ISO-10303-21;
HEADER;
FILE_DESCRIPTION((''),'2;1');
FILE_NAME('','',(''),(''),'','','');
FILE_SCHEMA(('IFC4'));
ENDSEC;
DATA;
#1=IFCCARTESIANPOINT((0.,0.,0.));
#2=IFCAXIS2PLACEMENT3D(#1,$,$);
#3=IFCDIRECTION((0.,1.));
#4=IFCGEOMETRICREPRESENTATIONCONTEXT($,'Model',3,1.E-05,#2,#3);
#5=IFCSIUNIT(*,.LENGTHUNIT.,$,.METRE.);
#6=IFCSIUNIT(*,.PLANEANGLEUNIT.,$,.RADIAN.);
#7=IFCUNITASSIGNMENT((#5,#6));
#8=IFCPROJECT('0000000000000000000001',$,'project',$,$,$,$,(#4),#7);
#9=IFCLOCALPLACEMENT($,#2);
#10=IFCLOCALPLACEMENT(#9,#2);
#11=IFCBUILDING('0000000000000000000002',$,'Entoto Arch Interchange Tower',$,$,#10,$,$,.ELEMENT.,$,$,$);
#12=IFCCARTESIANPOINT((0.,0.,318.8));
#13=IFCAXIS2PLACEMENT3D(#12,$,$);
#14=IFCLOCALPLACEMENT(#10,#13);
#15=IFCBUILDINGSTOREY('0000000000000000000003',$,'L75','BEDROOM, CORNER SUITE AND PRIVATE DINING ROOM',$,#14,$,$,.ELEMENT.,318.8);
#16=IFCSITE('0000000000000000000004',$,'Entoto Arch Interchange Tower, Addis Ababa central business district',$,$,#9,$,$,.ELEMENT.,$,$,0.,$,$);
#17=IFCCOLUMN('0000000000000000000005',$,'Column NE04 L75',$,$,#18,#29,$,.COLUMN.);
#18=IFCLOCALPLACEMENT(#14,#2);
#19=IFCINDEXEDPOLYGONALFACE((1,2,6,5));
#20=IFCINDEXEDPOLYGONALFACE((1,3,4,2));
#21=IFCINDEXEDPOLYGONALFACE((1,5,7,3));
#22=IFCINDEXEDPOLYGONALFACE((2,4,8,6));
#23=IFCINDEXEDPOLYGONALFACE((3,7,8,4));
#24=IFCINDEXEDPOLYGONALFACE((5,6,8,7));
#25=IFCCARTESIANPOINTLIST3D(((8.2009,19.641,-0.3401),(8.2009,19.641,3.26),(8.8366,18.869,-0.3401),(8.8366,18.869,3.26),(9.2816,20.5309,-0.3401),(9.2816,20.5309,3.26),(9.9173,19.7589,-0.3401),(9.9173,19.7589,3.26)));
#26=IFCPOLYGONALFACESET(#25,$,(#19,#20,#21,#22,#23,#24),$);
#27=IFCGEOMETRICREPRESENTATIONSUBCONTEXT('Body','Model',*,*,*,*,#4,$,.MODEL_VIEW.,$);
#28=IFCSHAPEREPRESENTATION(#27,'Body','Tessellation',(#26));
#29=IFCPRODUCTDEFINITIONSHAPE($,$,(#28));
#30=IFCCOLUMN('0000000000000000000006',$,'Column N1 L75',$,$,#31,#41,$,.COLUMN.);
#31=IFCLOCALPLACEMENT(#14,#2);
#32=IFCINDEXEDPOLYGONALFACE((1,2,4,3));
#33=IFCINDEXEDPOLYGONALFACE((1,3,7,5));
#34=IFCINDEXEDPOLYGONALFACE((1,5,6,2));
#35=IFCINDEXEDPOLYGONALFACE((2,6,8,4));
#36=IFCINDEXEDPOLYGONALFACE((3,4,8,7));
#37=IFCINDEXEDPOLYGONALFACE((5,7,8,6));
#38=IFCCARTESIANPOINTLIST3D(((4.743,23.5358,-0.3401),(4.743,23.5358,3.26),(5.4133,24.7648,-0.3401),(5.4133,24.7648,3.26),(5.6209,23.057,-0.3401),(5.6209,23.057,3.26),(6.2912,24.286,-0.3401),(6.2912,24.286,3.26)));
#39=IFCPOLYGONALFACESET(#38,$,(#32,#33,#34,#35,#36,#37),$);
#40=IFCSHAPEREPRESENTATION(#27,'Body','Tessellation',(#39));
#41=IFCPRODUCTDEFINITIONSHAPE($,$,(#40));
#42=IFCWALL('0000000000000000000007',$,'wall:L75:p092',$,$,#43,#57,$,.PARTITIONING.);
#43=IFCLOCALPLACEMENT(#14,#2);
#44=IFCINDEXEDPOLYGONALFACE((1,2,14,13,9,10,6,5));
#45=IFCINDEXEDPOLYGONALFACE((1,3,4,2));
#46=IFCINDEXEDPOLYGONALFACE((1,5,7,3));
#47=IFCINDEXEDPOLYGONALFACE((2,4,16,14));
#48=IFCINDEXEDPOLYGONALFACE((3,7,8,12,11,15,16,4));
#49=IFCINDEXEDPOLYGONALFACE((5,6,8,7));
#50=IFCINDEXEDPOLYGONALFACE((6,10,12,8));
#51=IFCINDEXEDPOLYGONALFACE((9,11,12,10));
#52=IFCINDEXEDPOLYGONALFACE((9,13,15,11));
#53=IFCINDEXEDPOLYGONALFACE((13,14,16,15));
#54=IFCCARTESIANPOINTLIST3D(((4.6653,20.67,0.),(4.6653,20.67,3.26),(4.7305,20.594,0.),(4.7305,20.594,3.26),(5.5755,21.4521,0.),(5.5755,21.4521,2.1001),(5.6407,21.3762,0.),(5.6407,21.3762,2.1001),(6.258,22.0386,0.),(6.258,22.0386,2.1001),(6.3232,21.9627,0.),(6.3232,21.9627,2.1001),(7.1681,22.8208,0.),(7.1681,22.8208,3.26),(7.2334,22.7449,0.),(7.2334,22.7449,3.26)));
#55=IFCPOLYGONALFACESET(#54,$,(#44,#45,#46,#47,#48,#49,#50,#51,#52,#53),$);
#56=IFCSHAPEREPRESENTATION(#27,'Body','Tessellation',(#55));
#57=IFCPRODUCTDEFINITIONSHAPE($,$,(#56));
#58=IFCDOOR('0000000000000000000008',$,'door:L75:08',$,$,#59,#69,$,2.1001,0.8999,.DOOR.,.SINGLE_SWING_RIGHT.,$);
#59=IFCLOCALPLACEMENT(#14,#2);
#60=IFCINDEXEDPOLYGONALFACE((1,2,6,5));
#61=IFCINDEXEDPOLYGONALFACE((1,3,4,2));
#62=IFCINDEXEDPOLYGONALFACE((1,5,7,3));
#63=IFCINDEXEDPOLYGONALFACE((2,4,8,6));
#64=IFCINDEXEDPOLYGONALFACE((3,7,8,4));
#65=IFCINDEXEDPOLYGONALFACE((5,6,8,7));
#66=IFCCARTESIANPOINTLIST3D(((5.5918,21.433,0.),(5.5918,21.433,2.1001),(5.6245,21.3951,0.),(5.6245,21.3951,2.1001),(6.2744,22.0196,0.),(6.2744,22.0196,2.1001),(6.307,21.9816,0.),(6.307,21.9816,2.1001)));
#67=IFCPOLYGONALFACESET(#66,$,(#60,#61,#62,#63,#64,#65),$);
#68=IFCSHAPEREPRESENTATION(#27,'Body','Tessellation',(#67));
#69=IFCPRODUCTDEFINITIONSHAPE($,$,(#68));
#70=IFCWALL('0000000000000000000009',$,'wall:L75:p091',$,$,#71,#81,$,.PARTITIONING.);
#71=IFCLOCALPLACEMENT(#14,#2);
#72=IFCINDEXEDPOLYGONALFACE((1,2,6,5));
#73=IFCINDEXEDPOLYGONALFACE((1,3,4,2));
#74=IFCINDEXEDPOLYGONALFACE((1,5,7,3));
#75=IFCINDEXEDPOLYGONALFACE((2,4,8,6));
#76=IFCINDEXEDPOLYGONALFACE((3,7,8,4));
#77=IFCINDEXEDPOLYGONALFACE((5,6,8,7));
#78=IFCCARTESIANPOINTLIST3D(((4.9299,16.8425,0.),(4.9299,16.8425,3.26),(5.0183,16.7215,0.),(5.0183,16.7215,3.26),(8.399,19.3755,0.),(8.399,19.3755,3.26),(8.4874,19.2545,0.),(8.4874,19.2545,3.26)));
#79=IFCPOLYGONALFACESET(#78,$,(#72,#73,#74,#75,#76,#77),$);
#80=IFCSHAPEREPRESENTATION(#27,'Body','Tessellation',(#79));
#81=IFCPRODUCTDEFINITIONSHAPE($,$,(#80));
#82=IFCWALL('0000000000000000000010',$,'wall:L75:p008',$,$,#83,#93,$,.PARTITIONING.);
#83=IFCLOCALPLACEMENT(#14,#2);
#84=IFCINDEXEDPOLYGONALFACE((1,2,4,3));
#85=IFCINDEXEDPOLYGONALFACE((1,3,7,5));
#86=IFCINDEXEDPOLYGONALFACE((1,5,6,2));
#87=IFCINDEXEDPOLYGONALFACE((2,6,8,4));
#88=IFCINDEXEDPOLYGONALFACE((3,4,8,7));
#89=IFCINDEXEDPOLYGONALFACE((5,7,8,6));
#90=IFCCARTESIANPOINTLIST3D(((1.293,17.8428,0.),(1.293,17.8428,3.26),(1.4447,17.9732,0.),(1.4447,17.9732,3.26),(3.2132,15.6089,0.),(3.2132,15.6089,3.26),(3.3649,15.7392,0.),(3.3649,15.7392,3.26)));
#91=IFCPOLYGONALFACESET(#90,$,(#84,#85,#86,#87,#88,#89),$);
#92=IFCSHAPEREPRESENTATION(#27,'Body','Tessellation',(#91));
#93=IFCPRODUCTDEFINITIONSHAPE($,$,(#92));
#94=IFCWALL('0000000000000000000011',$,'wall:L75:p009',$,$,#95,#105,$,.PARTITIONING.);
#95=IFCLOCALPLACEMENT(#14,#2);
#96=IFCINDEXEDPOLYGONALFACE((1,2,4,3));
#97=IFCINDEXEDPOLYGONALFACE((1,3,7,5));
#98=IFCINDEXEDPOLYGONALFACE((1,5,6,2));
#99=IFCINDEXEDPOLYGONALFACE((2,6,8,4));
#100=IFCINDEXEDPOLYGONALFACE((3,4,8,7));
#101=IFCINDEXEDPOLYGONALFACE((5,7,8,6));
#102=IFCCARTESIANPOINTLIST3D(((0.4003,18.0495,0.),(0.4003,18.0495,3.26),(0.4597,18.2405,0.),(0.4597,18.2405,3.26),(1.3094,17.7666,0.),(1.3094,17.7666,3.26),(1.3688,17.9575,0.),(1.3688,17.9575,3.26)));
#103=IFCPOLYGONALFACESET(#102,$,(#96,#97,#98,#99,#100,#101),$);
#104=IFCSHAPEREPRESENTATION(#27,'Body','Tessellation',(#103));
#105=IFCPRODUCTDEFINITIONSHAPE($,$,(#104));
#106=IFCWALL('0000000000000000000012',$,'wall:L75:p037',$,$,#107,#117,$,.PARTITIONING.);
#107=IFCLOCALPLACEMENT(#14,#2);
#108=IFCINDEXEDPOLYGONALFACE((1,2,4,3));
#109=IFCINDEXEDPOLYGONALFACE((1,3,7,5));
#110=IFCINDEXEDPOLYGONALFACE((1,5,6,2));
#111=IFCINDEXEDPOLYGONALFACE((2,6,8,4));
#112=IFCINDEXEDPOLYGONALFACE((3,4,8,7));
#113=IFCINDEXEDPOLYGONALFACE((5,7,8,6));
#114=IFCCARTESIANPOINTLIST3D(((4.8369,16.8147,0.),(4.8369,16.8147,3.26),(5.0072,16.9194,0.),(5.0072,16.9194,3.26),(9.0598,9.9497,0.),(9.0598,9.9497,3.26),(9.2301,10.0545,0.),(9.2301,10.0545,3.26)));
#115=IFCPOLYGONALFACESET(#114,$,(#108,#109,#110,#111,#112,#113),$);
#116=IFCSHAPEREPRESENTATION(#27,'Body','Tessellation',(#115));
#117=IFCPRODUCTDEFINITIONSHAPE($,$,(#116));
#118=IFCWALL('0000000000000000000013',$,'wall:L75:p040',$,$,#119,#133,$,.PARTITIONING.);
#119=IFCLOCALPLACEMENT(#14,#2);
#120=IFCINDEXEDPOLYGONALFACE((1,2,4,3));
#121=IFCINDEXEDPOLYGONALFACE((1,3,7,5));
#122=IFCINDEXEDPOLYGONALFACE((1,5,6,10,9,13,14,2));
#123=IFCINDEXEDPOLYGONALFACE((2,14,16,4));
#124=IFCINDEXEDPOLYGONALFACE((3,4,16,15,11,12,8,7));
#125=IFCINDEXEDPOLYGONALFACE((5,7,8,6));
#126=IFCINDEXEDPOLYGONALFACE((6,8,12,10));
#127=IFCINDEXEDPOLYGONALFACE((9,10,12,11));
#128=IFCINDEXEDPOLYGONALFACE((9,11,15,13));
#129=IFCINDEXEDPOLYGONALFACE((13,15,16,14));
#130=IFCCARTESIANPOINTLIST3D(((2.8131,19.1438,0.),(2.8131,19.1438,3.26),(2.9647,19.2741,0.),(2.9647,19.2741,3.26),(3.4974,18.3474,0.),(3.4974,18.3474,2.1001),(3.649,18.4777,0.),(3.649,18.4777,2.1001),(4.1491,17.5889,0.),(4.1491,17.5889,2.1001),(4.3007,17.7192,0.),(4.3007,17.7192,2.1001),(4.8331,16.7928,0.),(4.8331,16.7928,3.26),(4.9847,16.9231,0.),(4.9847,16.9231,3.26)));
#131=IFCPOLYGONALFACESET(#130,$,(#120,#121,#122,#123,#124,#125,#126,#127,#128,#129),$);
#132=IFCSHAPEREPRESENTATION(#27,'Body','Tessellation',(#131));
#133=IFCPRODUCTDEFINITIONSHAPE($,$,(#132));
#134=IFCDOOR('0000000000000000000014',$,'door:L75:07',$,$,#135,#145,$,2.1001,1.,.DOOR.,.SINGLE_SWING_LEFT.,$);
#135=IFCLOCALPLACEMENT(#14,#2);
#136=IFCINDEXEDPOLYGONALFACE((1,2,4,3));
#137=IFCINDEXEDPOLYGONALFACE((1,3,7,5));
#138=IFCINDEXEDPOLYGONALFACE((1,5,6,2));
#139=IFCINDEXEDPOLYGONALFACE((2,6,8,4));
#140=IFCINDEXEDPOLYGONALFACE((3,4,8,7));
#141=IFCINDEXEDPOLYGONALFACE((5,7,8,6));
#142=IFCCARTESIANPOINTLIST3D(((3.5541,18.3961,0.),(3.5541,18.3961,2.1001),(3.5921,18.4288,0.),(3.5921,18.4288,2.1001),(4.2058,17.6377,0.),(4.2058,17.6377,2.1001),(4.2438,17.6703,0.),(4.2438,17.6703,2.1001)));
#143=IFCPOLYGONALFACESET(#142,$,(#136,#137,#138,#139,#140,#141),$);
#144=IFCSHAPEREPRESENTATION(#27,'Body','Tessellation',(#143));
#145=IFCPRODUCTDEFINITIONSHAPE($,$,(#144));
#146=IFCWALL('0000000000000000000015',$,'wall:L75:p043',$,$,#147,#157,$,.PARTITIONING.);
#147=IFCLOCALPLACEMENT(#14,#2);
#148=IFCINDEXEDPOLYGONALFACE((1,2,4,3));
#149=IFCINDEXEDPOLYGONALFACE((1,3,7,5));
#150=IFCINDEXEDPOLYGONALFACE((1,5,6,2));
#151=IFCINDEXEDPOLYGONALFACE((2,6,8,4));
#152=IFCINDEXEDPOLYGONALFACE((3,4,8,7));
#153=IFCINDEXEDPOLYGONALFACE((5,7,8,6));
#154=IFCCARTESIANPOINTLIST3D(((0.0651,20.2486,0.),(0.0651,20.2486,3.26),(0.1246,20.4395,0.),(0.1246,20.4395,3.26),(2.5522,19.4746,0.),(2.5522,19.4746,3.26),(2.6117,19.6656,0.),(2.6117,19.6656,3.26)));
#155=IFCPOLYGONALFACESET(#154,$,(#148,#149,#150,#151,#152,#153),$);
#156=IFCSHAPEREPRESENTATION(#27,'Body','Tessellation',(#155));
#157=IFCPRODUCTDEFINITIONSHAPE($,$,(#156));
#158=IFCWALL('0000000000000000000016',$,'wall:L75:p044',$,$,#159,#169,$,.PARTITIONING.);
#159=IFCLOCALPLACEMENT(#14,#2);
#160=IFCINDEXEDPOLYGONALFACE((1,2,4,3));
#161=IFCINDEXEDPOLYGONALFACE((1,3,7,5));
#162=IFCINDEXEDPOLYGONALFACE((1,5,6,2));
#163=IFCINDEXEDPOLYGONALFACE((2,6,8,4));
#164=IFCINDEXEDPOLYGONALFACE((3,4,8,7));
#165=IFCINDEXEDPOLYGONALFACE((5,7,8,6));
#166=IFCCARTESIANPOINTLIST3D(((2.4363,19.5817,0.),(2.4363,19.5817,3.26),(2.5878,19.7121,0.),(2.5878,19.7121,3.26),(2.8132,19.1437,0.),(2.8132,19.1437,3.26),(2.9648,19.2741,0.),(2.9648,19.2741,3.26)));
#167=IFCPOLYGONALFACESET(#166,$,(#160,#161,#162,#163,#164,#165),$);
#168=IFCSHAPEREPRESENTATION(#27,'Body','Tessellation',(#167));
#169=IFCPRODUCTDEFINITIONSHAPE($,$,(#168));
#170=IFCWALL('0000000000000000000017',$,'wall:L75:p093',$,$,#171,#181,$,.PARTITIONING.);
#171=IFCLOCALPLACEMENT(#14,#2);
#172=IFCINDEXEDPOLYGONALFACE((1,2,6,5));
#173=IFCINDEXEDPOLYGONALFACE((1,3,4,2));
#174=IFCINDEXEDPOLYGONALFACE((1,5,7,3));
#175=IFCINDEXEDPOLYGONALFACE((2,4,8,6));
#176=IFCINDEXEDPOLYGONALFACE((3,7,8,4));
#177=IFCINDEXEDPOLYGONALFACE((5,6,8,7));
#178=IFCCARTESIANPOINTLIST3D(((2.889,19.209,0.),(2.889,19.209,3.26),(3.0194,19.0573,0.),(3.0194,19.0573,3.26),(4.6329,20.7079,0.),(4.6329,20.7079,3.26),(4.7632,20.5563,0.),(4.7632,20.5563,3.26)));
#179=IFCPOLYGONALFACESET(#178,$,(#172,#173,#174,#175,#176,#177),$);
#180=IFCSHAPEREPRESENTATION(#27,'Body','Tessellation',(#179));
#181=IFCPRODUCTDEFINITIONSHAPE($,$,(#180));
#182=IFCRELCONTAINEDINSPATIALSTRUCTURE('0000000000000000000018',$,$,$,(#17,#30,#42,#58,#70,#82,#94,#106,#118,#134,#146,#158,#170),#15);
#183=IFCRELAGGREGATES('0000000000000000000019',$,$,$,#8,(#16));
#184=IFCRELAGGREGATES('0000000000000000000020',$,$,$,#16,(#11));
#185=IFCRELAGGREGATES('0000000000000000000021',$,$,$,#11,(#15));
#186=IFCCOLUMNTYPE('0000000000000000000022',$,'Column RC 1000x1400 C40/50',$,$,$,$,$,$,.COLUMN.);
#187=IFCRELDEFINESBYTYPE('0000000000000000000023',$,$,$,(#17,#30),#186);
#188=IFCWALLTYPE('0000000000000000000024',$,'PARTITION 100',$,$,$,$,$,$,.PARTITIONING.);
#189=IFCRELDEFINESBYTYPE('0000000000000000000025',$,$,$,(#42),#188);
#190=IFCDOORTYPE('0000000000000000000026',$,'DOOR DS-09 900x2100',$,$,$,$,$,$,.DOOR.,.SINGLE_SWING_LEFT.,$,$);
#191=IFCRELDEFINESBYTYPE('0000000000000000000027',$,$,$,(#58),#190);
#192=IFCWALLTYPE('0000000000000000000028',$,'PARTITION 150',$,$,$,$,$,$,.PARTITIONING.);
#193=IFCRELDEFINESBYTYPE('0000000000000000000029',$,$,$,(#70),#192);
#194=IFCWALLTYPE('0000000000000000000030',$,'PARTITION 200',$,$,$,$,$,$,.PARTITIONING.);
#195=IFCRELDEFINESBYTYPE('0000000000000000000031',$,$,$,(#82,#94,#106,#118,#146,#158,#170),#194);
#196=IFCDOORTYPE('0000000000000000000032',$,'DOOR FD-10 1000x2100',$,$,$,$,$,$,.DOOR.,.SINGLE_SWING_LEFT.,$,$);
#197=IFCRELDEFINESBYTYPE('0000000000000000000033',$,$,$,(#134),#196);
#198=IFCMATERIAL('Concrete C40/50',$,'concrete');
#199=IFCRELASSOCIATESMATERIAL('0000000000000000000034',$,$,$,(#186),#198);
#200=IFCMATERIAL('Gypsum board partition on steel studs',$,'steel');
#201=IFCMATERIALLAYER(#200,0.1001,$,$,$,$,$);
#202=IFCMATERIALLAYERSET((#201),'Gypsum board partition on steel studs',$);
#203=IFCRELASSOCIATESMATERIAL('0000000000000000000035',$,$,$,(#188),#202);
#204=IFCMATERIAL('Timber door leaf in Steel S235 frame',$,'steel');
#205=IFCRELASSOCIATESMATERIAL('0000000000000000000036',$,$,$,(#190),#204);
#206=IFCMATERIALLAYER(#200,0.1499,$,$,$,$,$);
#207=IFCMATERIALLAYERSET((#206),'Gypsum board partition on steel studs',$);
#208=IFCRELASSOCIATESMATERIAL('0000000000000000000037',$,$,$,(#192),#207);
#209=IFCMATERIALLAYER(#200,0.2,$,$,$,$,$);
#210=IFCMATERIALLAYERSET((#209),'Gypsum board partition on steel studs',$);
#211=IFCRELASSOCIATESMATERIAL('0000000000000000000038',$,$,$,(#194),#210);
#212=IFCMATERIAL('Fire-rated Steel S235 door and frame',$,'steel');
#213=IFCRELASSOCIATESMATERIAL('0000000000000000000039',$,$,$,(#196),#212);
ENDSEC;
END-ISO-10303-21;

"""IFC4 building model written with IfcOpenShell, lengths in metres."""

from ifc_helpers import new_model, si_unit, direction, frame, frame_2d, origin, origin_2d, place, context, subcontext, project, spatial, rectangle, extrude, material, layer, layer_set, material_profile, profile_set, type_object, element, fill, save


model = new_model("IFC4")

# Units and contexts
model_context = context("Model", 3, precision=1e-05, world=origin(), true_north=direction((0.0, 1.0)))
body_context = subcontext(model_context, "Body", "Model", "MODEL_VIEW")
ifc_project = project(units=[si_unit("LENGTHUNIT", "METRE"), si_unit("PLANEANGLEUNIT", "RADIAN")], contexts=[model_context])

# Site, building, storey
site_placement = place(None, origin())
site = spatial("IfcSite", under=ifc_project, at=site_placement, Name="Entoto Arch Interchange Tower, Addis Ababa central business district", CompositionType="ELEMENT", RefElevation=0.0)
building_placement = place(site_placement, origin())
building = spatial("IfcBuilding", under=site, at=building_placement, Name="Entoto Arch Interchange Tower", CompositionType="ELEMENT")
storey_placement = place(building_placement, frame((0.0, 0.0, 318.8)))
storey = spatial("IfcBuildingStorey", under=building, at=storey_placement, Name="L75", Description="BEDROOM, CORNER SUITE AND PRIVATE DINING ROOM", CompositionType="ELEMENT", Elevation=318.8)

# Columns
ifc_material_1 = material(Name="Concrete C40/50", Category="concrete")
ifc_material_profile = material_profile(ifc_material_1, rectangle(XDim=1.0, YDim=1.3999, at=origin_2d()))
ifc_profile_set = profile_set([ifc_material_profile], Name="Concrete C40/50")
column_type = type_object("IfcColumnType", Name="Column RC 1000x1400 C40/50", PredefinedType="COLUMN", material=ifc_profile_set)
for number, where, z_axis, x_axis, name in (
    (1, (9.0591, 19.7, -0.3401), (0.0, 0.0, 1.0), (-0.635647, 0.77198, 0.0), "Column NE04 L75"),
    (2, (5.5171, 23.9109, -0.3401), (0.0, 0.0, 1.0), (-0.877899, 0.478845, 0.0), "Column N1 L75"),
):
    element("IfcColumn", number, at=place(storey_placement, frame(where, z_axis=z_axis, x_axis=x_axis)), inside=storey, type_object=column_type, Name=name, PredefinedType="COLUMN", context=body_context, shape_type="SweptSolid", body=[
        extrude(rectangle(XDim=1.0, YDim=1.3999, at=origin_2d()), origin(), (0.0, 0.0, 1.0), 3.6001),
    ])

# Wall, opening, door
ifc_material_2 = material(Name="Gypsum board partition on steel studs", Category="steel")
ifc_layer_1 = layer(ifc_material_2, 0.1001)
ifc_layer_set_1 = layer_set([ifc_layer_1], Name="Gypsum board partition on steel studs")
wall_type_1 = type_object("IfcWallType", Name="PARTITION 100", PredefinedType="PARTITIONING", material=ifc_layer_set_1)
wall_1_placement = place(storey_placement, frame((4.698, 20.6321, 0.0), z_axis=(0.0, 0.0, 1.0), x_axis=(0.758431, 0.651753, 0.0)))
wall_1 = element("IfcWall", 3, at=wall_1_placement, inside=storey, type_object=wall_type_1, Name="wall:L75:p092", PredefinedType="PARTITIONING", context=body_context, shape_type="SweptSolid", body=[
    extrude(rectangle(XDim=3.3, YDim=0.1001, at=frame_2d((1.6499, 0.0))), origin(), (0.0, 0.0, 1.0), 3.26),
])
opening_1_placement = place(wall_1_placement, frame((1.2, 0.0, 0.0)))
opening_1 = element("IfcOpeningElement", 4, at=opening_1_placement, cuts=wall_1, PredefinedType="OPENING", context=body_context, shape_type="SweptSolid", body=[
    extrude(rectangle(XDim=0.8999, YDim=2.1001, at=frame_2d((0.45, 1.05))), frame((0.0, 0.0601, 0.0), z_axis=(0.0, -1.0, 0.0), x_axis=(1.0, 0.0, 0.0)), (0.0, 0.0, 1.0), 0.1201),
])
ifc_material_3 = material(Name="Timber door leaf in Steel S235 frame", Category="steel")
door_type_1 = type_object("IfcDoorType", Name="DOOR DS-09 900x2100", OperationType="SINGLE_SWING_LEFT", PredefinedType="DOOR", material=ifc_material_3)
door_1_placement = place(opening_1_placement, origin())
door_1 = element("IfcDoor", 5, at=door_1_placement, inside=storey, type_object=door_type_1, Name="door:L75:08", OperationType="SINGLE_SWING_RIGHT", OverallHeight=2.1001, OverallWidth=0.8999, PredefinedType="DOOR", context=body_context, shape_type="SweptSolid", body=[
    extrude(rectangle(XDim=0.8999, YDim=2.1001, at=frame_2d((0.45, 1.05))), frame((0.0, 0.0249, 0.0), z_axis=(0.0, -1.0, 0.0), x_axis=(1.0, 0.0, 0.0)), (0.0, 0.0, 1.0), 0.05),
])
fill(opening_1, door_1)

# Walls
ifc_layer_2 = layer(ifc_material_2, 0.1499)
ifc_layer_set_2 = layer_set([ifc_layer_2], Name="Gypsum board partition on steel studs")
wall_type_2 = type_object("IfcWallType", Name="PARTITION 150", PredefinedType="PARTITIONING", material=ifc_layer_set_2)
wall_2_placement = place(storey_placement, frame((4.9741, 16.782, 0.0), z_axis=(0.0, 0.0, 1.0), x_axis=(0.807621, 0.589702, 0.0)))
element("IfcWall", 6, at=wall_2_placement, inside=storey, type_object=wall_type_2, Name="wall:L75:p091", PredefinedType="PARTITIONING", context=body_context, shape_type="SweptSolid", body=[
    extrude(rectangle(XDim=4.2954, YDim=0.1499, at=frame_2d((2.1477, 0.0))), origin(), (0.0, 0.0, 1.0), 3.26),
])
ifc_layer_3 = layer(ifc_material_2, 0.2)
ifc_layer_set_3 = layer_set([ifc_layer_3], Name="Gypsum board partition on steel studs")
wall_type_3 = type_object("IfcWallType", Name="PARTITION 200", PredefinedType="PARTITIONING", material=ifc_layer_set_3)
wall_3_placement = place(storey_placement, frame((3.2891, 15.6741, 0.0), z_axis=(0.0, 0.0, 1.0), x_axis=(-0.651849, 0.758349, 0.0)))
element("IfcWall", 7, at=wall_3_placement, inside=storey, type_object=wall_type_3, Name="wall:L75:p008", PredefinedType="PARTITIONING", context=body_context, shape_type="SweptSolid", body=[
    extrude(rectangle(XDim=2.9458, YDim=0.2, at=frame_2d((1.4729, 0.0))), origin(), (0.0, 0.0, 1.0), 3.26),
])
wall_4_placement = place(storey_placement, frame((1.3391, 17.8621, 0.0), z_axis=(0.0, 0.0, 1.0), x_axis=(-0.954826, 0.297165, 0.0)))
element("IfcWall", 8, at=wall_4_placement, inside=storey, type_object=wall_type_3, Name="wall:L75:p009", PredefinedType="PARTITIONING", context=body_context, shape_type="SweptSolid", body=[
    extrude(rectangle(XDim=0.9521, YDim=0.2, at=frame_2d((0.4761, 0.0))), origin(), (0.0, 0.0, 1.0), 3.26),
])
wall_5_placement = place(storey_placement, frame((4.9221, 16.8669, 0.0), z_axis=(0.0, 0.0, 1.0), x_axis=(0.523944, -0.851753, 0.0)))
element("IfcWall", 9, at=wall_5_placement, inside=storey, type_object=wall_type_3, Name="wall:L75:p037", PredefinedType="PARTITIONING", context=body_context, shape_type="SweptSolid", body=[
    extrude(rectangle(XDim=8.0598, YDim=0.2, at=frame_2d((4.0298, 0.0))), origin(), (0.0, 0.0, 1.0), 3.26),
])

# Wall, opening, door
wall_6_placement = place(storey_placement, frame((2.8889, 19.209, 0.0), z_axis=(0.0, 0.0, 1.0), x_axis=(0.651686, -0.758489, 0.0)))
wall_6 = element("IfcWall", 10, at=wall_6_placement, inside=storey, type_object=wall_type_3, Name="wall:L75:p040", PredefinedType="PARTITIONING", context=body_context, shape_type="SweptSolid", body=[
    extrude(rectangle(XDim=3.0996, YDim=0.2, at=frame_2d((1.5498, 0.0))), origin(), (0.0, 0.0, 1.0), 3.26),
])
opening_2_placement = place(wall_6_placement, frame((1.05, 0.0, 0.0)))
opening_2 = element("IfcOpeningElement", 11, at=opening_2_placement, cuts=wall_6, PredefinedType="OPENING", context=body_context, shape_type="SweptSolid", body=[
    extrude(rectangle(XDim=1.0, YDim=2.1001, at=frame_2d((0.5, 1.05))), frame((0.0, 0.1099, 0.0), z_axis=(0.0, -1.0, 0.0), x_axis=(1.0, 0.0, 0.0)), (0.0, 0.0, 1.0), 0.22),
])
ifc_material_4 = material(Name="Fire-rated Steel S235 door and frame", Category="steel")
door_type_2 = type_object("IfcDoorType", Name="DOOR FD-10 1000x2100", OperationType="SINGLE_SWING_LEFT", PredefinedType="DOOR", material=ifc_material_4)
door_2_placement = place(opening_2_placement, origin())
door_2 = element("IfcDoor", 12, at=door_2_placement, inside=storey, type_object=door_type_2, Name="door:L75:07", OperationType="SINGLE_SWING_LEFT", OverallHeight=2.1001, OverallWidth=1.0, PredefinedType="DOOR", context=body_context, shape_type="SweptSolid", body=[
    extrude(rectangle(XDim=1.0, YDim=2.1001, at=frame_2d((0.5, 1.05))), frame((0.0, 0.0249, 0.0), z_axis=(0.0, -1.0, 0.0), x_axis=(1.0, 0.0, 0.0)), (0.0, 0.0, 1.0), 0.05),
])
fill(opening_2, door_2)

# Walls
wall_7_placement = place(storey_placement, frame((0.095, 20.344, 0.0), z_axis=(0.0, 0.0, 1.0), x_axis=(0.954838, -0.297127, 0.0)))
element("IfcWall", 13, at=wall_7_placement, inside=storey, type_object=wall_type_3, Name="wall:L75:p043", PredefinedType="PARTITIONING", context=body_context, shape_type="SweptSolid", body=[
    extrude(rectangle(XDim=2.6047, YDim=0.2, at=frame_2d((1.3022, 0.0))), origin(), (0.0, 0.0, 1.0), 3.26),
])
wall_8_placement = place(storey_placement, frame((2.512, 19.647, 0.0), z_axis=(0.0, 0.0, 1.0), x_axis=(0.652321, -0.757943, 0.0)))
element("IfcWall", 14, at=wall_8_placement, inside=storey, type_object=wall_type_3, Name="wall:L75:p044", PredefinedType="PARTITIONING", context=body_context, shape_type="SweptSolid", body=[
    extrude(rectangle(XDim=0.5779, YDim=0.2, at=frame_2d((0.2891, 0.0))), origin(), (0.0, 0.0, 1.0), 3.26),
])
wall_9_placement = place(storey_placement, frame((2.9541, 19.1331, 0.0), z_axis=(0.0, 0.0, 1.0), x_axis=(0.758342, 0.651857, 0.0)))
element("IfcWall", 15, at=wall_9_placement, inside=storey, type_object=wall_type_3, Name="wall:L75:p093", PredefinedType="PARTITIONING", context=body_context, shape_type="SweptSolid", body=[
    extrude(rectangle(XDim=2.2996, YDim=0.2, at=frame_2d((1.1499, 0.0))), origin(), (0.0, 0.0, 1.0), 3.26),
])

save(model, "model.ifc")
